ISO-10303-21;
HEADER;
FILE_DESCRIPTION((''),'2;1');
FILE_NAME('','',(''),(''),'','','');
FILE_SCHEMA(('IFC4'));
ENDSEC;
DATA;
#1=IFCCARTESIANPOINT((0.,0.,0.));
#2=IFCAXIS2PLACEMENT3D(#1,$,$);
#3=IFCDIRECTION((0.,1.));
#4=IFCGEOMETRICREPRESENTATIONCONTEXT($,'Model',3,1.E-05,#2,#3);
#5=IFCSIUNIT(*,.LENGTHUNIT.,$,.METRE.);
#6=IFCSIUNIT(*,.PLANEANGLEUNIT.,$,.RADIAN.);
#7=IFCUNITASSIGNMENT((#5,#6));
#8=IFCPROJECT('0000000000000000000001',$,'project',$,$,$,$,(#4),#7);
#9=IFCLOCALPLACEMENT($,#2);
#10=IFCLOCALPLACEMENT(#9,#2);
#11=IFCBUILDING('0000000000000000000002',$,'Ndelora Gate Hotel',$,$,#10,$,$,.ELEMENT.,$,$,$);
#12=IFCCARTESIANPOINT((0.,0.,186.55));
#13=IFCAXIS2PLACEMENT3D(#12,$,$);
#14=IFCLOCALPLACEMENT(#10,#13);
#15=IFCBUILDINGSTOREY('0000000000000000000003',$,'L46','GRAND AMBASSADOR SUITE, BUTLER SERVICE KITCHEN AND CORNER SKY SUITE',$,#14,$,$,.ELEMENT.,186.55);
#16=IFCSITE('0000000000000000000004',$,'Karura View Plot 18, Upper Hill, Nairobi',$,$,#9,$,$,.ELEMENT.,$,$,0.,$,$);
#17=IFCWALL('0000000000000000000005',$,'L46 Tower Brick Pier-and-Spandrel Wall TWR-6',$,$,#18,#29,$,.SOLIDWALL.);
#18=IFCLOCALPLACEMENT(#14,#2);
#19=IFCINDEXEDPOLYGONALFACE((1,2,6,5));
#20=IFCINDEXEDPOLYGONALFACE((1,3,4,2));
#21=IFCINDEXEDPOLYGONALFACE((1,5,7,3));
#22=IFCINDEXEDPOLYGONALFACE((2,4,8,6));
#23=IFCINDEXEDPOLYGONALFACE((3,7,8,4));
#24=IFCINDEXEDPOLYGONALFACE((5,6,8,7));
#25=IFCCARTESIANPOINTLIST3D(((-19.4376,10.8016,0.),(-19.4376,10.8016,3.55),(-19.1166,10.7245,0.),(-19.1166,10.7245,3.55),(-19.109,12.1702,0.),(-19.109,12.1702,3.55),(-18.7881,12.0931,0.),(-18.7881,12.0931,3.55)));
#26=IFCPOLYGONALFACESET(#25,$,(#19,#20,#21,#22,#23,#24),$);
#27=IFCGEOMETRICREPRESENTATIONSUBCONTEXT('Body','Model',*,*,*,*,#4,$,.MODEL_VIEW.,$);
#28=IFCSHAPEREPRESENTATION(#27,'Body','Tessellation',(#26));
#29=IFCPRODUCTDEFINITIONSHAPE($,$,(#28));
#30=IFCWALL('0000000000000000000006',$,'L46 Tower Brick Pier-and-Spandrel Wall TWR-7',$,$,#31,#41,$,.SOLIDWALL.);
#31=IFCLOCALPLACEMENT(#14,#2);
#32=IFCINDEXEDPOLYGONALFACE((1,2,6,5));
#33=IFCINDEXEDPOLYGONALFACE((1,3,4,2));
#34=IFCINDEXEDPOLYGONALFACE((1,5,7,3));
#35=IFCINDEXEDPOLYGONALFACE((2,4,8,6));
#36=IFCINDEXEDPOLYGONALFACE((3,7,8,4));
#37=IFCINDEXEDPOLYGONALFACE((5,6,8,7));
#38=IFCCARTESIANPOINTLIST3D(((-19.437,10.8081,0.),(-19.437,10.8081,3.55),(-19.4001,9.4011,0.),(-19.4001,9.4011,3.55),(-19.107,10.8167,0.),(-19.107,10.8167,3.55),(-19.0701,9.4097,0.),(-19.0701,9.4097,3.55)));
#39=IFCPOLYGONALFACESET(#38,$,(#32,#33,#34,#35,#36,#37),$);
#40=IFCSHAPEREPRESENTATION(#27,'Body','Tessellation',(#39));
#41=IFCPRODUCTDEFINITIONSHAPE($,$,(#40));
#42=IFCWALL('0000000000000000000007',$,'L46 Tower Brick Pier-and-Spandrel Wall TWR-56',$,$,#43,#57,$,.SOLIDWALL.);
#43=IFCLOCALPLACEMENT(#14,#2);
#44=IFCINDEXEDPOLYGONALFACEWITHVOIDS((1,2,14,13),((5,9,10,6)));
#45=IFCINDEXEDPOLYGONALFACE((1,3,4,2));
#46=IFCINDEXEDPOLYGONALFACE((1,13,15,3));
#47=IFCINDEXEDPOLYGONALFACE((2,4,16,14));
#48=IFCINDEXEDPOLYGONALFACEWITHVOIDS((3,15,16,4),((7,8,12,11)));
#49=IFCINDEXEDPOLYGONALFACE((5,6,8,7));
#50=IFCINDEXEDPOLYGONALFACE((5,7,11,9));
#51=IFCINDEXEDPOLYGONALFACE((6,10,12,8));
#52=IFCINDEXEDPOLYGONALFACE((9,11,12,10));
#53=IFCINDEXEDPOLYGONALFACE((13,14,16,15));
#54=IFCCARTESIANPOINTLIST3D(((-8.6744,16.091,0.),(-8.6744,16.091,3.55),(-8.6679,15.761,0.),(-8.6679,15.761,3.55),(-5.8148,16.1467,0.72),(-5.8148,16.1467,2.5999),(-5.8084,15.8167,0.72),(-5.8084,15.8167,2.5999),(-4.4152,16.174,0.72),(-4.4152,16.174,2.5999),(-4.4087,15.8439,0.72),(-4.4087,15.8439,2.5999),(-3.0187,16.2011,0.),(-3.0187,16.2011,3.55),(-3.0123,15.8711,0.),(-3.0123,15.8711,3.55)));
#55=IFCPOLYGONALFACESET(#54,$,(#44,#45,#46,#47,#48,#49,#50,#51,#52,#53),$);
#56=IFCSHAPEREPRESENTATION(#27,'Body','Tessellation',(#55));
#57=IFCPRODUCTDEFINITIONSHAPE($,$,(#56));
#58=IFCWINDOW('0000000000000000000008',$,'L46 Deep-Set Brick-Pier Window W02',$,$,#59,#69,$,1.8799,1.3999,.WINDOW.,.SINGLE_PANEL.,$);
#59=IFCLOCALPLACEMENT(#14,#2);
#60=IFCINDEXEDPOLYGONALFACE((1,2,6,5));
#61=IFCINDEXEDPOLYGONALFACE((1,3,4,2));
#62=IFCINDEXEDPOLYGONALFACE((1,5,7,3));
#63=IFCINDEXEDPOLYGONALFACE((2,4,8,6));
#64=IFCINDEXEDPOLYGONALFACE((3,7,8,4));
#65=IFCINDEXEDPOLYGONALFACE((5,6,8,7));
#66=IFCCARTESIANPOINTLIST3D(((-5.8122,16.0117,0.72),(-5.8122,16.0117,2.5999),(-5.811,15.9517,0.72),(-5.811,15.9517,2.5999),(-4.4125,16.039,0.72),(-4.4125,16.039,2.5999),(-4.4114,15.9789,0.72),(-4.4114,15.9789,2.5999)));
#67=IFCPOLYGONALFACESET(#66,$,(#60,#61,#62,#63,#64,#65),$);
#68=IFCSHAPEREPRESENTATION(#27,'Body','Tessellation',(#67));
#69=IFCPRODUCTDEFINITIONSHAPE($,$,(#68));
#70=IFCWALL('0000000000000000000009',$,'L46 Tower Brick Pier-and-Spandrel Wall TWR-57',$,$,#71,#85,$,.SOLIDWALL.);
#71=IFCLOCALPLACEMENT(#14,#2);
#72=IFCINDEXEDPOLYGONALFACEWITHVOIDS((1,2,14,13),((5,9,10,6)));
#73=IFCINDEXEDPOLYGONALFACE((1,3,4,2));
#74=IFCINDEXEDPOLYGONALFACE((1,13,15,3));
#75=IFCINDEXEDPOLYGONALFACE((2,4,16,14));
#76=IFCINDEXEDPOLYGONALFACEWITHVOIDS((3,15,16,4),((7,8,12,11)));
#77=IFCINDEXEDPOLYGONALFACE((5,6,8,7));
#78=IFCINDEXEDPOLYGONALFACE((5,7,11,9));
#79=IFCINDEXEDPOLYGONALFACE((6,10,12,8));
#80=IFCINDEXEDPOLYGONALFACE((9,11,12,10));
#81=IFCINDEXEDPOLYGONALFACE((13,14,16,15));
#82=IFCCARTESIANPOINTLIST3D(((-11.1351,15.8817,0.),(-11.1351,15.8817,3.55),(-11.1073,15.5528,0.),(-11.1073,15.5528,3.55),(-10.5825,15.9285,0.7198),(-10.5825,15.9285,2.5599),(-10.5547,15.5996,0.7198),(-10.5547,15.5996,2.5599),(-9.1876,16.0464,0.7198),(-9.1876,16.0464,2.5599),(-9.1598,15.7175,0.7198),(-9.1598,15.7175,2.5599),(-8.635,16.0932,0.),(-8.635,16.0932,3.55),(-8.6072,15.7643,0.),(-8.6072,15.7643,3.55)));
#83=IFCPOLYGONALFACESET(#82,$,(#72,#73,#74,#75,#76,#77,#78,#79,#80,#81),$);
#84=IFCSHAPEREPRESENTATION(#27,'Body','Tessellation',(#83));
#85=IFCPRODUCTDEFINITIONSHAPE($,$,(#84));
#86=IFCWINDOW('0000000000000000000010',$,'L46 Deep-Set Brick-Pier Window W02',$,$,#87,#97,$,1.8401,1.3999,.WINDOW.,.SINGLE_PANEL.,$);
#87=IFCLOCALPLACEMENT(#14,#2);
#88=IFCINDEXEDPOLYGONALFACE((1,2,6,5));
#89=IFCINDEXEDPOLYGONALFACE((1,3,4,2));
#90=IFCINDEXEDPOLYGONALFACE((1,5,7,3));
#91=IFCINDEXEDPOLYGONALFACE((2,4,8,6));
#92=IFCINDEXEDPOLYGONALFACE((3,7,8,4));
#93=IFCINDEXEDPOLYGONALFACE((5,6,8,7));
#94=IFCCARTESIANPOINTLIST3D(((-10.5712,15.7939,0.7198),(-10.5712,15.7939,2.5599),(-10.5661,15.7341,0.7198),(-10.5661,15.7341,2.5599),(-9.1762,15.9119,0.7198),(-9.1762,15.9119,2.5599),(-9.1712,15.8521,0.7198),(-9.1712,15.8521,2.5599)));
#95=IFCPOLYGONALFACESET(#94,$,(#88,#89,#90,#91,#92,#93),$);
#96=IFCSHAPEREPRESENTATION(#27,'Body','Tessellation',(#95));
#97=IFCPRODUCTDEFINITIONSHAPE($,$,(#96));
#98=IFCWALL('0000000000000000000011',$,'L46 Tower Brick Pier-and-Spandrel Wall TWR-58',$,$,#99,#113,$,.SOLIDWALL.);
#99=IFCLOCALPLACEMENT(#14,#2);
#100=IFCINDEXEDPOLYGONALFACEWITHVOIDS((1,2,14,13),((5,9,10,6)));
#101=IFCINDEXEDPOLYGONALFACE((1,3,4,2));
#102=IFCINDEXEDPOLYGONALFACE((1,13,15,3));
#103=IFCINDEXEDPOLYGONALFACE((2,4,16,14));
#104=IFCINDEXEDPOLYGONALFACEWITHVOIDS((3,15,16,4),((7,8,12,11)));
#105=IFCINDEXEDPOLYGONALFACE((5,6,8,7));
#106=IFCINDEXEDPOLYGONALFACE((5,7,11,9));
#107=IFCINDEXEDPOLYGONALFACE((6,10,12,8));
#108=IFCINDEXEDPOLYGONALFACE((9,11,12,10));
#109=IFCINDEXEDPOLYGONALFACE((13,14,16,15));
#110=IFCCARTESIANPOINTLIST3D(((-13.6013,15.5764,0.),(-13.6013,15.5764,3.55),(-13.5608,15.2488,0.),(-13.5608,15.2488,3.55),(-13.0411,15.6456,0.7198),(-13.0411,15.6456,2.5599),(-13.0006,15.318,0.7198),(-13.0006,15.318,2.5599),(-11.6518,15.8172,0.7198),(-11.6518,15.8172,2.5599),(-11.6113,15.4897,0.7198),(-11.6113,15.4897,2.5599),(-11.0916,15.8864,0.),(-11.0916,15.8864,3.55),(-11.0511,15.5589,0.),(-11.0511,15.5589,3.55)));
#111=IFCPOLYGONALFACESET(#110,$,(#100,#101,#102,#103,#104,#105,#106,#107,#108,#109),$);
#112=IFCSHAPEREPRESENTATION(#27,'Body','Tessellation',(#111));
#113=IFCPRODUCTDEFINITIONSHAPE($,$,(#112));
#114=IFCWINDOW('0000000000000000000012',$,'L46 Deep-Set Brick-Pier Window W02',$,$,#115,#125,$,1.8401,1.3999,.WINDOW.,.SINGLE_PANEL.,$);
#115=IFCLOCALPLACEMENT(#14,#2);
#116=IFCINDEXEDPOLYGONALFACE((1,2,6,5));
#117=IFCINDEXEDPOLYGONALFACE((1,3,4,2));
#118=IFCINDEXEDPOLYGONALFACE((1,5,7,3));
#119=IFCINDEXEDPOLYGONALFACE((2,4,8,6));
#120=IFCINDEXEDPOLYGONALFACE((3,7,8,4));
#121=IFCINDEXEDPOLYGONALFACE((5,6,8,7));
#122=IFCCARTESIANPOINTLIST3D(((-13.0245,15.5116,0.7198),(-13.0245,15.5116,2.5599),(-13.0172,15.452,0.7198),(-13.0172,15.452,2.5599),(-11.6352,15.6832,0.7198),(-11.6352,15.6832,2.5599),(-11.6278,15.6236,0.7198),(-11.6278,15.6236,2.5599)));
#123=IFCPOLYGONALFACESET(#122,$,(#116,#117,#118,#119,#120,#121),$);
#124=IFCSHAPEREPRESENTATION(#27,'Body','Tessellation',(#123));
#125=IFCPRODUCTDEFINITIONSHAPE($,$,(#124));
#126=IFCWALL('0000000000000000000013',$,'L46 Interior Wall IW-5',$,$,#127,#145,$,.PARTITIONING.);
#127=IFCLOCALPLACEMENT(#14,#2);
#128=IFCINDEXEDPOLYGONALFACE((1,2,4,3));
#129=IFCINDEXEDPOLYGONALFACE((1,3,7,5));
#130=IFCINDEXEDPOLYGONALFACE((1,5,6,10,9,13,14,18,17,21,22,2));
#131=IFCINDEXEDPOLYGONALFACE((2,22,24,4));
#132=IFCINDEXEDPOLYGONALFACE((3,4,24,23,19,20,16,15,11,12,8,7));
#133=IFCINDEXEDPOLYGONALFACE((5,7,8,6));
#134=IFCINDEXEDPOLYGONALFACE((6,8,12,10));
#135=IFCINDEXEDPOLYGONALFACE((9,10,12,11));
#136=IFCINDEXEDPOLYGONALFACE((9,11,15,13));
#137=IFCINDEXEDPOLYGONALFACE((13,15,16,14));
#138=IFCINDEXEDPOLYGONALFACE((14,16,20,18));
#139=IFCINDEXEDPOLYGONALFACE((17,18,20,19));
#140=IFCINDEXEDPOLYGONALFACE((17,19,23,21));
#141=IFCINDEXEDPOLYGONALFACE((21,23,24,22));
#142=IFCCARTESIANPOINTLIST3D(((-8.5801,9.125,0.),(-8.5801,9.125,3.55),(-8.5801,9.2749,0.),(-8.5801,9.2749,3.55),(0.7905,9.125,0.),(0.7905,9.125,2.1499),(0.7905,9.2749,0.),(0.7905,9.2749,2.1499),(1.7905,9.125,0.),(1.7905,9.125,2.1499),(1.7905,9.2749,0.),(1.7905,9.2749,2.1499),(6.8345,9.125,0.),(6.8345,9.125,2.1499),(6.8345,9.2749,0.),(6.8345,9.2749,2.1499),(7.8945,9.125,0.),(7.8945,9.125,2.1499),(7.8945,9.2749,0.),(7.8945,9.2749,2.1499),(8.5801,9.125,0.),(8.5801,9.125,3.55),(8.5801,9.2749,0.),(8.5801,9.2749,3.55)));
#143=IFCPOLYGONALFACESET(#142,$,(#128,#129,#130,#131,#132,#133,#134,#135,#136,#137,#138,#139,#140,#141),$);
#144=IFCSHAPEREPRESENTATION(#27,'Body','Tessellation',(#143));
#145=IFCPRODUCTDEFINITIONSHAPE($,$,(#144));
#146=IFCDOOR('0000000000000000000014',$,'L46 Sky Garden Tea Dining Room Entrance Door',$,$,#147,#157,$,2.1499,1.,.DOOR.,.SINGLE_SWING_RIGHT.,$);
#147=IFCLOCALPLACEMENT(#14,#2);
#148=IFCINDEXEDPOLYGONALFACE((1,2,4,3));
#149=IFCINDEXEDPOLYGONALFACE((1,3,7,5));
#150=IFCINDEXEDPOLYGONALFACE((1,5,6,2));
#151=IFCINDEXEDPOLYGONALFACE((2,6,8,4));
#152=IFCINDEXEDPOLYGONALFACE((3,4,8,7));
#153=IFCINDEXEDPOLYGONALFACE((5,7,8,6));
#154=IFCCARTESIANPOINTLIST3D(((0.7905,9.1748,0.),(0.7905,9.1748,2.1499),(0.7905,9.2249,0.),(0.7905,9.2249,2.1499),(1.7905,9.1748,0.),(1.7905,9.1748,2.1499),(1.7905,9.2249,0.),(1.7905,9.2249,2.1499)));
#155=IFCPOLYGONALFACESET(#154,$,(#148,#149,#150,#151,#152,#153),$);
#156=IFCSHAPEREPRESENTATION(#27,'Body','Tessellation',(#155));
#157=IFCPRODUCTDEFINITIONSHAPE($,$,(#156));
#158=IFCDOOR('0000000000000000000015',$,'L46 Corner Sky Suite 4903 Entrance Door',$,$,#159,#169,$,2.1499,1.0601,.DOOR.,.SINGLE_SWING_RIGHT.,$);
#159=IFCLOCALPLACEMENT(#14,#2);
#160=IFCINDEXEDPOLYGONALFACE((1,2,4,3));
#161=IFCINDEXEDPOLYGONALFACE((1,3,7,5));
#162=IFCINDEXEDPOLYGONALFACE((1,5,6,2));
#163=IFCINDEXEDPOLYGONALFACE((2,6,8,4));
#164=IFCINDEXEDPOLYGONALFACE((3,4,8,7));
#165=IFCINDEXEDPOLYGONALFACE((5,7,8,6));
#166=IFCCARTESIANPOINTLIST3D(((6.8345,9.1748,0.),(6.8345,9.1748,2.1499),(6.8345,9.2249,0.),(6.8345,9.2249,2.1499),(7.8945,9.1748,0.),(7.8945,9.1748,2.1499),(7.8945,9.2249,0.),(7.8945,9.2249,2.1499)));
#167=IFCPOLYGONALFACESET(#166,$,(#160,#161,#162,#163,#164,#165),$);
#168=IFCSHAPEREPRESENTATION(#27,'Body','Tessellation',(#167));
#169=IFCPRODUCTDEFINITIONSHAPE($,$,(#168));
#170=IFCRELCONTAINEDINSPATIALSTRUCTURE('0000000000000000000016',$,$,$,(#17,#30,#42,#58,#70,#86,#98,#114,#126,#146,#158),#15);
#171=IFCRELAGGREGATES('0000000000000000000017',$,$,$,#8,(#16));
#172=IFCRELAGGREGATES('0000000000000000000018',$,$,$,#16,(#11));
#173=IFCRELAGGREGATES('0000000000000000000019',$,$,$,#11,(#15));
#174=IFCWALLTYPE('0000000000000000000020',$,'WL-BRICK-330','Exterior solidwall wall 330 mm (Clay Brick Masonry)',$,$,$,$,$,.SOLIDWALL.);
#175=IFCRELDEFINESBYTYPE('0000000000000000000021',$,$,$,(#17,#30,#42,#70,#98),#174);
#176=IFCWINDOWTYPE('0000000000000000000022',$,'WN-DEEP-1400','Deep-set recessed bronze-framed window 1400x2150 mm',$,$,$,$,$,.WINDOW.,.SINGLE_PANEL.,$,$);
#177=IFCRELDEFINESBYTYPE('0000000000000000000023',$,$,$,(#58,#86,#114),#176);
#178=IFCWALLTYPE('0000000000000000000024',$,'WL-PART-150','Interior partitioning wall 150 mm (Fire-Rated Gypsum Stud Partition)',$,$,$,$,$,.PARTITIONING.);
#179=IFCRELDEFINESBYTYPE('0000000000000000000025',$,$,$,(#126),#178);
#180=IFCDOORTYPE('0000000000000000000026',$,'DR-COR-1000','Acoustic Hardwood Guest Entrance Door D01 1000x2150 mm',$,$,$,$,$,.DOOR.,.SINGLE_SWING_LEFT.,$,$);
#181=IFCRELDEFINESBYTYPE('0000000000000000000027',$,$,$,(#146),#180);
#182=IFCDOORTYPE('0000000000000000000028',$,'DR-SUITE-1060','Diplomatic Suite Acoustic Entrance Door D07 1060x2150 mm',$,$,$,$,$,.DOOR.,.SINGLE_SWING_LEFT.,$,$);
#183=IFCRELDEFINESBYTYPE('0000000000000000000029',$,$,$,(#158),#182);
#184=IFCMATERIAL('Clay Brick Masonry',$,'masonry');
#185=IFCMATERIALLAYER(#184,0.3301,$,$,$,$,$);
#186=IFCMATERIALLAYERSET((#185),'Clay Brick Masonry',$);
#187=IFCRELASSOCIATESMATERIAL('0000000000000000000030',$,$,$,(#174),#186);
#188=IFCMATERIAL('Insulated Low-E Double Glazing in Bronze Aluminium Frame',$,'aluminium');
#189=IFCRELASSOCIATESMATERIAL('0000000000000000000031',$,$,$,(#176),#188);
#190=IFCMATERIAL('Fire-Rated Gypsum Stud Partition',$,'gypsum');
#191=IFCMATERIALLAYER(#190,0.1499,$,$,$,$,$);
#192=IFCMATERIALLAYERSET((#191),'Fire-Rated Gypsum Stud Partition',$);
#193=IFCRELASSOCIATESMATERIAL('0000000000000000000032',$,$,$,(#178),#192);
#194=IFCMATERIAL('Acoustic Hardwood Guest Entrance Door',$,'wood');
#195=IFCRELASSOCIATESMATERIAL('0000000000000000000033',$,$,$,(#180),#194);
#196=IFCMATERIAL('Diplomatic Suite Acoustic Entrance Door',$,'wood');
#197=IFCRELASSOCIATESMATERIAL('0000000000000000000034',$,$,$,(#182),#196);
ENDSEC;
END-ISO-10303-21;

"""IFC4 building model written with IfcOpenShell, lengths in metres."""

from ifc_helpers import new_model, si_unit, direction, frame, frame_2d, origin, place, context, subcontext, project, spatial, rectangle, extrude, material, layer, layer_set, type_object, element, fill, save


model = new_model("IFC4")

# Units and contexts
model_context = context("Model", 3, precision=1e-05, world=origin(), true_north=direction((0.0, 1.0)))
body_context = subcontext(model_context, "Body", "Model", "MODEL_VIEW")
ifc_project = project(units=[si_unit("LENGTHUNIT", "METRE"), si_unit("PLANEANGLEUNIT", "RADIAN")], contexts=[model_context])

# Site, building, storey
site_placement = place(None, origin())
site = spatial("IfcSite", under=ifc_project, at=site_placement, Name="Karura View Plot 18, Upper Hill, Nairobi", CompositionType="ELEMENT", RefElevation=0.0)
building_placement = place(site_placement, origin())
building = spatial("IfcBuilding", under=site, at=building_placement, Name="Ndelora Gate Hotel", CompositionType="ELEMENT")
storey_placement = place(building_placement, frame((0.0, 0.0, 186.55)))
storey = spatial("IfcBuildingStorey", under=building, at=storey_placement, Name="L46", Description="GRAND AMBASSADOR SUITE, BUTLER SERVICE KITCHEN AND CORNER SKY SUITE", CompositionType="ELEMENT", Elevation=186.55)

# Walls
ifc_material_1 = material(Name="Clay Brick Masonry", Category="masonry")
ifc_layer_1 = layer(ifc_material_1, 0.3301)
ifc_layer_set_1 = layer_set([ifc_layer_1], Name="Clay Brick Masonry")
wall_type_1 = type_object("IfcWallType", Name="WL-BRICK-330", Description="Exterior solidwall wall 330 mm (Clay Brick Masonry)", PredefinedType="SOLIDWALL", material=ifc_layer_set_1)
for number, where, z_axis, x_axis, name in (
    (1, (-19.2771, 10.7632, 0.0), (0.0, 0.0, 1.0), (0.233465, 0.972365, 0.0), "L46 Tower Brick Pier-and-Spandrel Wall TWR-6"),
    (2, (-19.2351, 9.4055, 0.0), (0.0, 0.0, 1.0), (-0.026193, 0.999657, 0.0), "L46 Tower Brick Pier-and-Spandrel Wall TWR-7"),
):
    element("IfcWall", number, at=place(storey_placement, frame(where, z_axis=z_axis, x_axis=x_axis)), inside=storey, type_object=wall_type_1, Name=name, PredefinedType="SOLIDWALL", context=body_context, shape_type="SweptSolid", body=[
        extrude(rectangle(XDim=1.4075, YDim=0.3301, at=frame_2d((0.7036, 0.0))), origin(), (0.0, 0.0, 1.0), 3.55),
    ])

# Walls, openings, windows
wall_1_placement = place(storey_placement, frame((-8.6711, 15.926, 0.0), z_axis=(0.0, 0.0, 1.0), x_axis=(0.999811, 0.019464, 0.0)))
wall_1 = element("IfcWall", 3, at=wall_1_placement, inside=storey, type_object=wall_type_1, Name="L46 Tower Brick Pier-and-Spandrel Wall TWR-56", PredefinedType="SOLIDWALL", context=body_context, shape_type="SweptSolid", body=[
    extrude(rectangle(XDim=5.6567, YDim=0.3301, at=frame_2d((2.8284, 0.0))), origin(), (0.0, 0.0, 1.0), 3.55),
])
opening_1_placement = place(wall_1_placement, frame((2.8601, 0.0, 0.72)))
opening_1 = element("IfcOpeningElement", 4, at=opening_1_placement, cuts=wall_1, PredefinedType="OPENING", context=body_context, shape_type="SweptSolid", body=[
    extrude(rectangle(XDim=1.3999, YDim=1.8799, at=frame_2d((0.7, 0.9399))), frame((0.0, 0.175, 0.0), z_axis=(0.0, -1.0, 0.0), x_axis=(1.0, 0.0, 0.0)), (0.0, 0.0, 1.0), 0.3501),
])
ifc_material_2 = material(Name="Insulated Low-E Double Glazing in Bronze Aluminium Frame", Category="aluminium")
window_type = type_object("IfcWindowType", Name="WN-DEEP-1400", Description="Deep-set recessed bronze-framed window 1400x2150 mm", PartitioningType="SINGLE_PANEL", PredefinedType="WINDOW", material=ifc_material_2)
window_1_placement = place(opening_1_placement, origin())
window_1 = element("IfcWindow", 5, at=window_1_placement, inside=storey, type_object=window_type, Name="L46 Deep-Set Brick-Pier Window W02", OverallHeight=1.8799, OverallWidth=1.3999, PartitioningType="SINGLE_PANEL", PredefinedType="WINDOW", context=body_context, shape_type="SweptSolid", body=[
    extrude(rectangle(XDim=1.3999, YDim=1.8799, at=frame_2d((0.7, 0.9399))), frame((0.0, 0.03, 0.0), z_axis=(0.0, -1.0, 0.0), x_axis=(1.0, 0.0, 0.0)), (0.0, 0.0, 1.0), 0.0601),
])
fill(opening_1, window_1)
wall_2_placement = place(storey_placement, frame((-11.1211, 15.7173, 0.0), z_axis=(0.0, 0.0, 1.0), x_axis=(0.996443, 0.084269, 0.0)))
wall_2 = element("IfcWall", 6, at=wall_2_placement, inside=storey, type_object=wall_type_1, Name="L46 Tower Brick Pier-and-Spandrel Wall TWR-57", PredefinedType="SOLIDWALL", context=body_context, shape_type="SweptSolid", body=[
    extrude(rectangle(XDim=2.509, YDim=0.3301, at=frame_2d((1.2544, 0.0))), origin(), (0.0, 0.0, 1.0), 3.55),
])
opening_2_placement = place(wall_2_placement, frame((0.5544, 0.0, 0.72)))
opening_2 = element("IfcOpeningElement", 7, at=opening_2_placement, cuts=wall_2, PredefinedType="OPENING", context=body_context, shape_type="SweptSolid", body=[
    extrude(rectangle(XDim=1.3999, YDim=1.8401, at=frame_2d((0.7, 0.9199))), frame((0.0, 0.175, 0.0), z_axis=(0.0, -1.0, 0.0), x_axis=(1.0, 0.0, 0.0)), (0.0, 0.0, 1.0), 0.3501),
])
window_2_placement = place(opening_2_placement, origin())
window_2 = element("IfcWindow", 8, at=window_2_placement, inside=storey, type_object=window_type, Name="L46 Deep-Set Brick-Pier Window W02", OverallHeight=1.8401, OverallWidth=1.3999, PartitioningType="SINGLE_PANEL", PredefinedType="WINDOW", context=body_context, shape_type="SweptSolid", body=[
    extrude(rectangle(XDim=1.3999, YDim=1.8401, at=frame_2d((0.7, 0.9199))), frame((0.0, 0.03, 0.0), z_axis=(0.0, -1.0, 0.0), x_axis=(1.0, 0.0, 0.0)), (0.0, 0.0, 1.0), 0.0601),
])
fill(opening_2, window_2)
wall_3_placement = place(storey_placement, frame((-13.5811, 15.4126, 0.0), z_axis=(0.0, 0.0, 1.0), x_axis=(0.992455, 0.122609, 0.0)))
wall_3 = element("IfcWall", 9, at=wall_3_placement, inside=storey, type_object=wall_type_1, Name="L46 Tower Brick Pier-and-Spandrel Wall TWR-58", PredefinedType="SOLIDWALL", context=body_context, shape_type="SweptSolid", body=[
    extrude(rectangle(XDim=2.5288, YDim=0.3301, at=frame_2d((1.2644, 0.0))), origin(), (0.0, 0.0, 1.0), 3.55),
])
opening_3_placement = place(wall_3_placement, frame((0.5645, 0.0, 0.72)))
opening_3 = element("IfcOpeningElement", 10, at=opening_3_placement, cuts=wall_3, PredefinedType="OPENING", context=body_context, shape_type="SweptSolid", body=[
    extrude(rectangle(XDim=1.3999, YDim=1.8401, at=frame_2d((0.7, 0.9199))), frame((0.0, 0.175, 0.0), z_axis=(0.0, -1.0, 0.0), x_axis=(1.0, 0.0, 0.0)), (0.0, 0.0, 1.0), 0.3501),
])
window_3_placement = place(opening_3_placement, origin())
window_3 = element("IfcWindow", 11, at=window_3_placement, inside=storey, type_object=window_type, Name="L46 Deep-Set Brick-Pier Window W02", OverallHeight=1.8401, OverallWidth=1.3999, PartitioningType="SINGLE_PANEL", PredefinedType="WINDOW", context=body_context, shape_type="SweptSolid", body=[
    extrude(rectangle(XDim=1.3999, YDim=1.8401, at=frame_2d((0.7, 0.9199))), frame((0.0, 0.03, 0.0), z_axis=(0.0, -1.0, 0.0), x_axis=(1.0, 0.0, 0.0)), (0.0, 0.0, 1.0), 0.0601),
])
fill(opening_3, window_3)

# Wall, openings, doors
ifc_material_3 = material(Name="Fire-Rated Gypsum Stud Partition", Category="gypsum")
ifc_layer_2 = layer(ifc_material_3, 0.1499)
ifc_layer_set_2 = layer_set([ifc_layer_2], Name="Fire-Rated Gypsum Stud Partition")
wall_type_2 = type_object("IfcWallType", Name="WL-PART-150", Description="Interior partitioning wall 150 mm (Fire-Rated Gypsum Stud Partition)", PredefinedType="PARTITIONING", material=ifc_layer_set_2)
wall_4_placement = place(storey_placement, frame((-8.5801, 9.2, 0.0), z_axis=(0.0, 0.0, 1.0), x_axis=(1.0, 0.0, 0.0)))
wall_4 = element("IfcWall", 12, at=wall_4_placement, inside=storey, type_object=wall_type_2, Name="L46 Interior Wall IW-5", PredefinedType="PARTITIONING", context=body_context, shape_type="SweptSolid", body=[
    extrude(rectangle(XDim=17.1602, YDim=0.1499, at=frame_2d((8.5801, 0.0))), origin(), (0.0, 0.0, 1.0), 3.55),
])
opening_4_placement = place(wall_4_placement, frame((9.3706, 0.0, 0.0)))
opening_4 = element("IfcOpeningElement", 13, at=opening_4_placement, cuts=wall_4, PredefinedType="OPENING", context=body_context, shape_type="SweptSolid", body=[
    extrude(rectangle(XDim=1.0, YDim=2.1499, at=frame_2d((0.5, 1.075))), frame((0.0, 0.085, 0.0), z_axis=(0.0, -1.0, 0.0), x_axis=(1.0, 0.0, 0.0)), (0.0, 0.0, 1.0), 0.1699),
])
opening_5_placement = place(wall_4_placement, frame((15.4146, 0.0, 0.0)))
opening_5 = element("IfcOpeningElement", 14, at=opening_5_placement, cuts=wall_4, PredefinedType="OPENING", context=body_context, shape_type="SweptSolid", body=[
    extrude(rectangle(XDim=1.0601, YDim=2.1499, at=frame_2d((0.53, 1.075))), frame((0.0, 0.085, 0.0), z_axis=(0.0, -1.0, 0.0), x_axis=(1.0, 0.0, 0.0)), (0.0, 0.0, 1.0), 0.1699),
])
ifc_material_4 = material(Name="Acoustic Hardwood Guest Entrance Door", Category="wood")
door_type_1 = type_object("IfcDoorType", Name="DR-COR-1000", Description="Acoustic Hardwood Guest Entrance Door D01 1000x2150 mm", OperationType="SINGLE_SWING_LEFT", PredefinedType="DOOR", material=ifc_material_4)
door_1_placement = place(opening_4_placement, origin())
door_1 = element("IfcDoor", 15, at=door_1_placement, inside=storey, type_object=door_type_1, Name="L46 Sky Garden Tea Dining Room Entrance Door", OperationType="SINGLE_SWING_RIGHT", OverallHeight=2.1499, OverallWidth=1.0, PredefinedType="DOOR", context=body_context, shape_type="SweptSolid", body=[
    extrude(rectangle(XDim=1.0, YDim=2.1499, at=frame_2d((0.5, 1.075))), frame((0.0, 0.0249, 0.0), z_axis=(0.0, -1.0, 0.0), x_axis=(1.0, 0.0, 0.0)), (0.0, 0.0, 1.0), 0.05),
])
fill(opening_4, door_1)
ifc_material_5 = material(Name="Diplomatic Suite Acoustic Entrance Door", Category="wood")
door_type_2 = type_object("IfcDoorType", Name="DR-SUITE-1060", Description="Diplomatic Suite Acoustic Entrance Door D07 1060x2150 mm", OperationType="SINGLE_SWING_LEFT", PredefinedType="DOOR", material=ifc_material_5)
door_2_placement = place(opening_5_placement, origin())
door_2 = element("IfcDoor", 16, at=door_2_placement, inside=storey, type_object=door_type_2, Name="L46 Corner Sky Suite 4903 Entrance Door", OperationType="SINGLE_SWING_RIGHT", OverallHeight=2.1499, OverallWidth=1.0601, PredefinedType="DOOR", context=body_context, shape_type="SweptSolid", body=[
    extrude(rectangle(XDim=1.0601, YDim=2.1499, at=frame_2d((0.53, 1.075))), frame((0.0, 0.0249, 0.0), z_axis=(0.0, -1.0, 0.0), x_axis=(1.0, 0.0, 0.0)), (0.0, 0.0, 1.0), 0.05),
])
fill(opening_5, door_2)

save(model, "model.ifc")
